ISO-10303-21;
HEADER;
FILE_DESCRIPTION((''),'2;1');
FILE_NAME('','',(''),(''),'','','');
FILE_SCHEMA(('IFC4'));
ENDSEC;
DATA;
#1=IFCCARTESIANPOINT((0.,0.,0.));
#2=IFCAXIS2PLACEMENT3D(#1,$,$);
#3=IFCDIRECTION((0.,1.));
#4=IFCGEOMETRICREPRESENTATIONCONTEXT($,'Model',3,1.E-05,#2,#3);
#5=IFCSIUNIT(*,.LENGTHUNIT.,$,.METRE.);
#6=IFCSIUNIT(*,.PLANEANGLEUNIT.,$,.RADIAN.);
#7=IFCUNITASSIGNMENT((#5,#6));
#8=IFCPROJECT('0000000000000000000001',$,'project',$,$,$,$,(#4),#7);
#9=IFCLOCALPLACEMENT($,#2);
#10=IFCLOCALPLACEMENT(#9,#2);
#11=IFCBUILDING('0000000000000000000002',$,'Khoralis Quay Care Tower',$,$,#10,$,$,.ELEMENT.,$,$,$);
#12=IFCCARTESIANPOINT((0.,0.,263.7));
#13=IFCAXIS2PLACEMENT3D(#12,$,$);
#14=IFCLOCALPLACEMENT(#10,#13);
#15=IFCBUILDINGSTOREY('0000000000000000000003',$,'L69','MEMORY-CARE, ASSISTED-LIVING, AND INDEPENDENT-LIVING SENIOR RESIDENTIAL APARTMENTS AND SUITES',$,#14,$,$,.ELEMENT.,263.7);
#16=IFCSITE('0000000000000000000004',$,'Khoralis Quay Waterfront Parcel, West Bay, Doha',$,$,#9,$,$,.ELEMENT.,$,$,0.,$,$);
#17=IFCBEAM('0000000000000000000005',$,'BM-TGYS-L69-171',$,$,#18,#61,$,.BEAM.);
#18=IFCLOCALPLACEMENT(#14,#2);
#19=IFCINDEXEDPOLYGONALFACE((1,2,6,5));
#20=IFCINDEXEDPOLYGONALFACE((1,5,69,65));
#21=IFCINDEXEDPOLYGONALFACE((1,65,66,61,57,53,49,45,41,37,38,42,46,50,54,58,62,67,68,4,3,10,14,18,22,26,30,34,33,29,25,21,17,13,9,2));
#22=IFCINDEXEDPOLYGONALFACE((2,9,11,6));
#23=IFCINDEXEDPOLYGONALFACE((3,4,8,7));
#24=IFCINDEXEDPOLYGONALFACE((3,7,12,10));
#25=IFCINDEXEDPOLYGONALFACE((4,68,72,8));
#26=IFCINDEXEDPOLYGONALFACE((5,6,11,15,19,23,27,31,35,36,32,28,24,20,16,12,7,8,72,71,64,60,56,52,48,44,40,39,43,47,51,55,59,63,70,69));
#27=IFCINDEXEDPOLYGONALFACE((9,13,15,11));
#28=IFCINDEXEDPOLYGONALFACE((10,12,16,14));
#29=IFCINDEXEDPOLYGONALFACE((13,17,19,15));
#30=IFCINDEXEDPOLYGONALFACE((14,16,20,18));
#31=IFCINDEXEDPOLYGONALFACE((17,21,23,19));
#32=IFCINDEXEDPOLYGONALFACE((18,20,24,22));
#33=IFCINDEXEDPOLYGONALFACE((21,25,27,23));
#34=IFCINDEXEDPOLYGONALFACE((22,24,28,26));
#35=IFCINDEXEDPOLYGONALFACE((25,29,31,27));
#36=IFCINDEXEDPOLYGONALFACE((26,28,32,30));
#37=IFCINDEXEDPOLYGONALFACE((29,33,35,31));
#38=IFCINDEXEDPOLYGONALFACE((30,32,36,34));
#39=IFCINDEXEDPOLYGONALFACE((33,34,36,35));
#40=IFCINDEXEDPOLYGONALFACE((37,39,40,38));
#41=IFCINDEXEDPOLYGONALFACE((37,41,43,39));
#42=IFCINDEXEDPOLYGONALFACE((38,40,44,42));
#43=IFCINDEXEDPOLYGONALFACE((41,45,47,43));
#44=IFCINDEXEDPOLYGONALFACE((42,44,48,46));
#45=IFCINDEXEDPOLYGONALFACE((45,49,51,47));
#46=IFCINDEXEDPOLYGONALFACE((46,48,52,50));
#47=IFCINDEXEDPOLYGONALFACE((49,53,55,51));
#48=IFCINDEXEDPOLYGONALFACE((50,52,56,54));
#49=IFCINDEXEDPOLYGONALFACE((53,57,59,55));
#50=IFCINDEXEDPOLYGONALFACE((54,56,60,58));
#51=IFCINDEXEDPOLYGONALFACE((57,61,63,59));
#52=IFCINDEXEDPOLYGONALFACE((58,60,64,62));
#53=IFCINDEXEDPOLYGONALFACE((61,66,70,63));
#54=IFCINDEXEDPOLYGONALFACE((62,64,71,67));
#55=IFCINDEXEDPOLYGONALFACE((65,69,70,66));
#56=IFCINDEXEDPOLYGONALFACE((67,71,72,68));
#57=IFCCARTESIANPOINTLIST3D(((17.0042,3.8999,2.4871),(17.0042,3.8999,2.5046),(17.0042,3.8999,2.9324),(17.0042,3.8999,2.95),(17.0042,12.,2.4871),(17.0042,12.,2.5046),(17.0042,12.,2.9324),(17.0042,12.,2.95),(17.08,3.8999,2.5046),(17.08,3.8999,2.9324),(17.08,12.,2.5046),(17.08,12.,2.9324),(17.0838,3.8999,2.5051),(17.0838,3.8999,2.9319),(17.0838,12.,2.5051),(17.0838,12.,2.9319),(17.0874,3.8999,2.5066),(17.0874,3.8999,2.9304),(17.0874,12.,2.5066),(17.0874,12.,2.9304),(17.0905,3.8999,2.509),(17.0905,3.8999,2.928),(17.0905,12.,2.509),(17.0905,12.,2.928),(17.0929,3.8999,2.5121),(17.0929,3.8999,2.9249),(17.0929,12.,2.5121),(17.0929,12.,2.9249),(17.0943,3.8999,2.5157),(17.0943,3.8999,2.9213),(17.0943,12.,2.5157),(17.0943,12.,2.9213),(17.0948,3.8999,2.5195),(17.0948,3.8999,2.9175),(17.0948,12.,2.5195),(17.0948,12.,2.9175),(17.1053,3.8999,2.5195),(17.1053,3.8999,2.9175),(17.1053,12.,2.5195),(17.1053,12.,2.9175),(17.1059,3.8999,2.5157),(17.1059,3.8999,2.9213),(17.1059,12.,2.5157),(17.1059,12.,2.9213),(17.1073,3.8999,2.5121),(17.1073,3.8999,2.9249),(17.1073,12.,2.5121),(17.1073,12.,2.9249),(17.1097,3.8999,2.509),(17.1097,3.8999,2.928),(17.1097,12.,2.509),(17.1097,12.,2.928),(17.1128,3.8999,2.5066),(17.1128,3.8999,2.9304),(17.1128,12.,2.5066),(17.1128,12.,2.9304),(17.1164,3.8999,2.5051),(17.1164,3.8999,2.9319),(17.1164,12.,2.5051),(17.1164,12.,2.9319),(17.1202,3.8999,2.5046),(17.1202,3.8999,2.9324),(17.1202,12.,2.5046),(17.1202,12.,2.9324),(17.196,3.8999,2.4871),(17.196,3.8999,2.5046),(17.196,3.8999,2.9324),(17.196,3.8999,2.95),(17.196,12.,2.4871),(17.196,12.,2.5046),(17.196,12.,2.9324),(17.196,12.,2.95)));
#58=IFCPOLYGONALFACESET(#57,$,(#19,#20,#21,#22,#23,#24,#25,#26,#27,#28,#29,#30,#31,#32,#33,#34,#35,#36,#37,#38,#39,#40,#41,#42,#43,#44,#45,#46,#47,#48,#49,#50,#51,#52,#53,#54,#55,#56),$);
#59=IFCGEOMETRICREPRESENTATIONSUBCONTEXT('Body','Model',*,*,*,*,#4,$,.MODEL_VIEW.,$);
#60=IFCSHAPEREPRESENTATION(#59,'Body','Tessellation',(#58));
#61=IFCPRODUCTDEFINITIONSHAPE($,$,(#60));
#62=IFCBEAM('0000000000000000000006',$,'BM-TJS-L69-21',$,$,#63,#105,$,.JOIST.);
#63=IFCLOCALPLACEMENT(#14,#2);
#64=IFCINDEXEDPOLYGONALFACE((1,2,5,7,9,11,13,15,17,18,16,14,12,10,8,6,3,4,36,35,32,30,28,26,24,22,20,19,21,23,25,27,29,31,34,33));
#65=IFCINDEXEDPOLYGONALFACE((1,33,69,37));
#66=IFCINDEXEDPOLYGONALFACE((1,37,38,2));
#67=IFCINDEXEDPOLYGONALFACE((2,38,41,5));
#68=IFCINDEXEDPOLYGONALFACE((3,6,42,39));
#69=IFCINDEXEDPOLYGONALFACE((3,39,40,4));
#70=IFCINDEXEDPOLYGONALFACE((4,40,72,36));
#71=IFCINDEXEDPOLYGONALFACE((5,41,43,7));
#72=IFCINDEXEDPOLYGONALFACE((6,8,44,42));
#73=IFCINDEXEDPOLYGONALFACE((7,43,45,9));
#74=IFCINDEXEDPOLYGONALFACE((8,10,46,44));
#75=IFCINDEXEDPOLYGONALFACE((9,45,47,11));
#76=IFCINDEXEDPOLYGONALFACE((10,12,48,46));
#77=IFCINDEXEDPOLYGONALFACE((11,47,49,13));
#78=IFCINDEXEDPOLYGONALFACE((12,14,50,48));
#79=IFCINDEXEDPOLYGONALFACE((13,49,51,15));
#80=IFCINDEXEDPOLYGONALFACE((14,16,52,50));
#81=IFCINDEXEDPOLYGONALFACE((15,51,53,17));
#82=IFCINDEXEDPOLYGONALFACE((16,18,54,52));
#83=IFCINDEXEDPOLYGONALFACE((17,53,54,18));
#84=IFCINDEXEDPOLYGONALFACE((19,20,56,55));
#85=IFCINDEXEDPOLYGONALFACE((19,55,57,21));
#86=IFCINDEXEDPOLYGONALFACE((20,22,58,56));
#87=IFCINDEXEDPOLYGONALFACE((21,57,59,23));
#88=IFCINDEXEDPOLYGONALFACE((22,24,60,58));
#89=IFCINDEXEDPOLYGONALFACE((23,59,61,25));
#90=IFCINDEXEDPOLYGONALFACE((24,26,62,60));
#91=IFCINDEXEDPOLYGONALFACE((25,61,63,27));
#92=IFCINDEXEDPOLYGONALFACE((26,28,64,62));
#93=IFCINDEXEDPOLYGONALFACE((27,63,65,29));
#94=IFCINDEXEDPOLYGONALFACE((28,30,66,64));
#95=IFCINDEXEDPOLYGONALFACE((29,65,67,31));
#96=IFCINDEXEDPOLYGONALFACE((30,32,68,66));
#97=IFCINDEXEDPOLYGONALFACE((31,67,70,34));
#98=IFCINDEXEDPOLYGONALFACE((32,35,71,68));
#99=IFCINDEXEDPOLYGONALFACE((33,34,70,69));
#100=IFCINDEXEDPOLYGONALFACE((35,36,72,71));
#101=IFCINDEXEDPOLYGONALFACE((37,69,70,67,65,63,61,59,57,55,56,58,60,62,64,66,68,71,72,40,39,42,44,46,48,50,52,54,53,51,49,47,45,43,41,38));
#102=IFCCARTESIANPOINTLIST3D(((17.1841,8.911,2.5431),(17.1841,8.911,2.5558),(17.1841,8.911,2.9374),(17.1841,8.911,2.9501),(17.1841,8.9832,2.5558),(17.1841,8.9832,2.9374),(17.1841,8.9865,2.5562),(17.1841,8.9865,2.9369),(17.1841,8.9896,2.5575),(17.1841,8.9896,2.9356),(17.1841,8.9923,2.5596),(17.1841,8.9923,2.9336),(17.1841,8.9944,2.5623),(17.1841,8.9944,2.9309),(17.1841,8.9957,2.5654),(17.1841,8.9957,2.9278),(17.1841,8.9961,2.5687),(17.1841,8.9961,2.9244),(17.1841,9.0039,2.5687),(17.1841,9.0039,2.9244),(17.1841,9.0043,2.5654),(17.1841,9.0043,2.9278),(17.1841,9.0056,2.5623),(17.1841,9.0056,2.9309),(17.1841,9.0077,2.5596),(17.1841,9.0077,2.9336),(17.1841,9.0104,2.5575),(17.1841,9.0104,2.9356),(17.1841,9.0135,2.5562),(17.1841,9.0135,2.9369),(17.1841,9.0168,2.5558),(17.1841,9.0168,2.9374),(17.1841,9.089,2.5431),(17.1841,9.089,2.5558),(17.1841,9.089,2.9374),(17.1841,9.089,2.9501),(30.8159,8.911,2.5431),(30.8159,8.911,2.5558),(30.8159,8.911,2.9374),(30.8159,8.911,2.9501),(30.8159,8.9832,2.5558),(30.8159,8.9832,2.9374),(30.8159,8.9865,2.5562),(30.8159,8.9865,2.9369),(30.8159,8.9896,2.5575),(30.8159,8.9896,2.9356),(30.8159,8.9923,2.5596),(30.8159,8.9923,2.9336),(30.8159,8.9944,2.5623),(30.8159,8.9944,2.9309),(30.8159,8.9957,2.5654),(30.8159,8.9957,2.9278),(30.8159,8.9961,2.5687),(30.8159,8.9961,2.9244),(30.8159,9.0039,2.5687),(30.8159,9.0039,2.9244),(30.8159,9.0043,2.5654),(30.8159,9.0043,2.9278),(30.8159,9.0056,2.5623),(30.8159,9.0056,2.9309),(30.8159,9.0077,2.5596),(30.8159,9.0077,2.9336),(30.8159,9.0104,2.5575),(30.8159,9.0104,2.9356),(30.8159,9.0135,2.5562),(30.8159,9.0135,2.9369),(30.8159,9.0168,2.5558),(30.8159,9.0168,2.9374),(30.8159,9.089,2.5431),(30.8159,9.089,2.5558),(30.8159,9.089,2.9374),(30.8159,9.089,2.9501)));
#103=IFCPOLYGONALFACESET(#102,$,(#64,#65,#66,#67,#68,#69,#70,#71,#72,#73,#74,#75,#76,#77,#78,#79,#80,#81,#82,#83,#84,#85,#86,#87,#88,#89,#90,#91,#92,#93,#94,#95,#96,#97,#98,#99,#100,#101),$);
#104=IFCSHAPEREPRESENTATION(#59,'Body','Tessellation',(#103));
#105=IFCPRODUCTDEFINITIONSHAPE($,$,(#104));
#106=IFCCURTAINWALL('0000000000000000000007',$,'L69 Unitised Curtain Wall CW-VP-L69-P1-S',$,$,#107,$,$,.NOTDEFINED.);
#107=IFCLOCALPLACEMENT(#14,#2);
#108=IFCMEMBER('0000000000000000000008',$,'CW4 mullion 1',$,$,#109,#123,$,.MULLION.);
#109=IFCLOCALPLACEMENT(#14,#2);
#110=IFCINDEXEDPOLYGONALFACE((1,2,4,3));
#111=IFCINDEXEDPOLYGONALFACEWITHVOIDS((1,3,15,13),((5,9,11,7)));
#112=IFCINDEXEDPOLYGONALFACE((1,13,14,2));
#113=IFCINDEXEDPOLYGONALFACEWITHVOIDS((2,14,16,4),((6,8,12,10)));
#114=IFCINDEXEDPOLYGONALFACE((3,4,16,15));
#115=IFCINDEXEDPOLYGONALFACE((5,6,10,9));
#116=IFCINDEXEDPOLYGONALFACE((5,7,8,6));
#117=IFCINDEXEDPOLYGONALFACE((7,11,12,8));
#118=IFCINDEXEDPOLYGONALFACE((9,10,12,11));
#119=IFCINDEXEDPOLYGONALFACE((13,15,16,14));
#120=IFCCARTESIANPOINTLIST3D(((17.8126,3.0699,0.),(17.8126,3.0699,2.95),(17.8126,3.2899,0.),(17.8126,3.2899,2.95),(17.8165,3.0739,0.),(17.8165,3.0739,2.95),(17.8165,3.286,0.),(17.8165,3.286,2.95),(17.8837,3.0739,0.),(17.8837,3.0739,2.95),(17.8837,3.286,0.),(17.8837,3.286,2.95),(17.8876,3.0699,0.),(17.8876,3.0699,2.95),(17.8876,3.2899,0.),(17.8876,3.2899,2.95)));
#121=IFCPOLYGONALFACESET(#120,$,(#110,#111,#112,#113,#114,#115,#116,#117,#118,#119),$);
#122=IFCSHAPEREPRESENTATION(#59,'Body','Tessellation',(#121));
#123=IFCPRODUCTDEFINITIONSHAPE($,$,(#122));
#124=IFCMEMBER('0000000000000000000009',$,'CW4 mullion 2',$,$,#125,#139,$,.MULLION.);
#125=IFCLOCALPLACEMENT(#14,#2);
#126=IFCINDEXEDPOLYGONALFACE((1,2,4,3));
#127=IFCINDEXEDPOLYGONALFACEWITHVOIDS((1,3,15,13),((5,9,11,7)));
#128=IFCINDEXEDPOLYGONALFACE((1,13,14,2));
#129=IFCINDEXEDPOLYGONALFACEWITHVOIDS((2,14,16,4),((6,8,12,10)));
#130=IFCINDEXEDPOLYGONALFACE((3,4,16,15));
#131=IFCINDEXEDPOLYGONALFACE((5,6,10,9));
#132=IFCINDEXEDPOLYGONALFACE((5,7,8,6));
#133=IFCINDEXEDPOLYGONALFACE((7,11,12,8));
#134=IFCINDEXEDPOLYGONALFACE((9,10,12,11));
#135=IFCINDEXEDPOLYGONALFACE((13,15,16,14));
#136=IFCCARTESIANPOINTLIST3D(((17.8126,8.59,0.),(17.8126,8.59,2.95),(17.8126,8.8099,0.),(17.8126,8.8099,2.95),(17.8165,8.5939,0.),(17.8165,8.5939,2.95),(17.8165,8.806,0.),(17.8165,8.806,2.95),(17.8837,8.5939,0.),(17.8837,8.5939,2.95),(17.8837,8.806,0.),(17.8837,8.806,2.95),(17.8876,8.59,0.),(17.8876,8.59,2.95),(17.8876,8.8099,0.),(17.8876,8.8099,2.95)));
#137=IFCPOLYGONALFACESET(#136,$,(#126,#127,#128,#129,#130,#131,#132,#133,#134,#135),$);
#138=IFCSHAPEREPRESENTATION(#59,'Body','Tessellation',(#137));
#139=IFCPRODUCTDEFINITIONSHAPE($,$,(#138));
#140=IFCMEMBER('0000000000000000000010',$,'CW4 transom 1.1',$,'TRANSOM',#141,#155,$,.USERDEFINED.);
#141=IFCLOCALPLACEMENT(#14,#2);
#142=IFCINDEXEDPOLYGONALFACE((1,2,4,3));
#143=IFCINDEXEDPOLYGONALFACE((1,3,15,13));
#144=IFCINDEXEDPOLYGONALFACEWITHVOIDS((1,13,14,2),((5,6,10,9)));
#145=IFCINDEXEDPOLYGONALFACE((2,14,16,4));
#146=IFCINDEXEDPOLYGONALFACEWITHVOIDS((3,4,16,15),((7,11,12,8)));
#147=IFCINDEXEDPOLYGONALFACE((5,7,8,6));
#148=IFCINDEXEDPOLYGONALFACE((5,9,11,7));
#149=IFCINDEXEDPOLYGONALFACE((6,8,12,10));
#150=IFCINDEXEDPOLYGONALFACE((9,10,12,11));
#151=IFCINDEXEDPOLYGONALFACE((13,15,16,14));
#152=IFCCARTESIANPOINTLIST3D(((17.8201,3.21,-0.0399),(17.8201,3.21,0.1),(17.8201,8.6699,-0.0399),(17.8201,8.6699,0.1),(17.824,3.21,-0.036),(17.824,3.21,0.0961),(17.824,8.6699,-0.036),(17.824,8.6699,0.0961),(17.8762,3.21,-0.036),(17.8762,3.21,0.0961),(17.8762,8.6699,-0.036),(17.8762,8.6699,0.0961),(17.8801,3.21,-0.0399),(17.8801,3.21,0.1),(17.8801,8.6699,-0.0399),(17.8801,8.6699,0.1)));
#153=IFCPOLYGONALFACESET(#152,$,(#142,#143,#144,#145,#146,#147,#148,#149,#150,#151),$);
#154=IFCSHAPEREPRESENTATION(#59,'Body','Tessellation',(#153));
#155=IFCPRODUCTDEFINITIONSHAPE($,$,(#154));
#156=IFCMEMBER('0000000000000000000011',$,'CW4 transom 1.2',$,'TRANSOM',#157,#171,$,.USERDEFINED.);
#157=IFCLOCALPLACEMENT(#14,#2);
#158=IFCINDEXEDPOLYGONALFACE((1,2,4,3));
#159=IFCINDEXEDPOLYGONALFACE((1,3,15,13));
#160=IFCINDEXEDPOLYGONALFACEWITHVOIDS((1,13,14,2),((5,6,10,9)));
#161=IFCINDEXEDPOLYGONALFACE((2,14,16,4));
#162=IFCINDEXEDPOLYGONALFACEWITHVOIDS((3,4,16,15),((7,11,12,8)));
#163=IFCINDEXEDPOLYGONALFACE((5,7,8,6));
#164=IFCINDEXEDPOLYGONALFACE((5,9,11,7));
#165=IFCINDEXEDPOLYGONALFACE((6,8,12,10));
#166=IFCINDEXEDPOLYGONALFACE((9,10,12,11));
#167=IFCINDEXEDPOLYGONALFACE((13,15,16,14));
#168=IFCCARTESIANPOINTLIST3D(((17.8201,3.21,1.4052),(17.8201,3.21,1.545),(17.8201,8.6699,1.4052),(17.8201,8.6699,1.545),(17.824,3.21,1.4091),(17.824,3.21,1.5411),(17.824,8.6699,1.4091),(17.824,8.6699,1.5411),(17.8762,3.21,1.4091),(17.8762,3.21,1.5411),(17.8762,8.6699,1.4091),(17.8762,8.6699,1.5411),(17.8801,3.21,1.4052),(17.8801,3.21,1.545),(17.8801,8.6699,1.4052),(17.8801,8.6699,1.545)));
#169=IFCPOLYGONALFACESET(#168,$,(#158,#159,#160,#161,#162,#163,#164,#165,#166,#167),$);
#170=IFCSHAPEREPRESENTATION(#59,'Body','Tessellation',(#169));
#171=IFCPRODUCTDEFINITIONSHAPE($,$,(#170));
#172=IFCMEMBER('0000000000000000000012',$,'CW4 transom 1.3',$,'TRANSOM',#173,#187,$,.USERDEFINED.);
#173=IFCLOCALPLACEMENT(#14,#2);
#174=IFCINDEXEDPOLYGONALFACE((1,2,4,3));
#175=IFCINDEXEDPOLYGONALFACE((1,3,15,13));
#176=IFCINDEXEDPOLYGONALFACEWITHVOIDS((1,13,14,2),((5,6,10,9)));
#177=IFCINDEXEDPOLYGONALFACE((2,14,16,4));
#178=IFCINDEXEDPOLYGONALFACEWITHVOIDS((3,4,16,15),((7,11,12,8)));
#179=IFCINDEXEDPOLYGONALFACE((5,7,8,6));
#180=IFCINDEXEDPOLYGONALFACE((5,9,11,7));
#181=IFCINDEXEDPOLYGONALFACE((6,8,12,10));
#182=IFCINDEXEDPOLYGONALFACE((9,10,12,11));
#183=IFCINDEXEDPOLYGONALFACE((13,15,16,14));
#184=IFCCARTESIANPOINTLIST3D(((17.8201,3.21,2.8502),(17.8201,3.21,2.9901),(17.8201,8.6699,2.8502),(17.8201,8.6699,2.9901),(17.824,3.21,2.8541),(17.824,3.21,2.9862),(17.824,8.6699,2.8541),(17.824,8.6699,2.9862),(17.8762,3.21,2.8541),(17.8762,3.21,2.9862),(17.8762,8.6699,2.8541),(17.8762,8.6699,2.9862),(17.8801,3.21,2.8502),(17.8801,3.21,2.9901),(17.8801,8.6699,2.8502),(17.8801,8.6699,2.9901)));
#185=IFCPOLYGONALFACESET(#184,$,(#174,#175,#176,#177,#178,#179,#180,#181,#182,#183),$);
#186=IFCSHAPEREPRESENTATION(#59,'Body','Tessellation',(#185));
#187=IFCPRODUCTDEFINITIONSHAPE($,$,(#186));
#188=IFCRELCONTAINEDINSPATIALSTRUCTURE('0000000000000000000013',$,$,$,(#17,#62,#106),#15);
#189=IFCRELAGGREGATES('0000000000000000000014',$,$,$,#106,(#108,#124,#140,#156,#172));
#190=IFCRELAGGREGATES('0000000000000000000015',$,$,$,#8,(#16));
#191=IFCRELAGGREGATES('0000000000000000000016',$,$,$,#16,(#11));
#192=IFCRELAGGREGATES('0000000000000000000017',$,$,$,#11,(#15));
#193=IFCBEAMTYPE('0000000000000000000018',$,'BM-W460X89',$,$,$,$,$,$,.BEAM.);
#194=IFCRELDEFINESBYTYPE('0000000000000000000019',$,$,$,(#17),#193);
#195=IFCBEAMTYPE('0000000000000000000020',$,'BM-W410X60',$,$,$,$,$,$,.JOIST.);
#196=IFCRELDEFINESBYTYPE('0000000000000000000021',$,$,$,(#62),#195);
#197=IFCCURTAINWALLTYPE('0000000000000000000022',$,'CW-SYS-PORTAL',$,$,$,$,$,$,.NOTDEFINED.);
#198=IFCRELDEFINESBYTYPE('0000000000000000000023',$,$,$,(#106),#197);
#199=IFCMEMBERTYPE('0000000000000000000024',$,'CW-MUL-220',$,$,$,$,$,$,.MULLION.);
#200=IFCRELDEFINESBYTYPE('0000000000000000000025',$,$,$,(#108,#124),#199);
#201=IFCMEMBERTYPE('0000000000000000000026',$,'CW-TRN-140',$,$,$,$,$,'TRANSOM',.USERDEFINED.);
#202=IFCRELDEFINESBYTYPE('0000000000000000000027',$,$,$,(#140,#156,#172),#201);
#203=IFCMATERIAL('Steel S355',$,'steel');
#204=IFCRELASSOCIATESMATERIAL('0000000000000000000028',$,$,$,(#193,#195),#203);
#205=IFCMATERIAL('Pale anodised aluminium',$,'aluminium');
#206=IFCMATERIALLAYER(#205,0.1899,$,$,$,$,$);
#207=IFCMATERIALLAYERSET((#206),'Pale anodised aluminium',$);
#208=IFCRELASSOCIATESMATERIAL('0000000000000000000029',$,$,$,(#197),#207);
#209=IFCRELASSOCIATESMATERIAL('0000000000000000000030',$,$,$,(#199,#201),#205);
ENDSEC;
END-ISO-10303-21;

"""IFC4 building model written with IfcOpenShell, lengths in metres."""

from ifc_helpers import new_model, si_unit, direction, frame, origin, origin_2d, place, context, subcontext, project, spatial, hollow_rectangle, i_section, extrude, source, transform, mapped, material, layer, layer_set, material_profile, profile_set, type_object, element, aggregate, save


model = new_model("IFC4")

# Units and contexts
model_context = context("Model", 3, precision=1e-05, world=origin(), true_north=direction((0.0, 1.0)))
body_context = subcontext(model_context, "Body", "Model", "MODEL_VIEW")
ifc_project = project(units=[si_unit("LENGTHUNIT", "METRE"), si_unit("PLANEANGLEUNIT", "RADIAN")], contexts=[model_context])

# Site, building, storey
site_placement = place(None, origin())
site = spatial("IfcSite", under=ifc_project, at=site_placement, Name="Khoralis Quay Waterfront Parcel, West Bay, Doha", CompositionType="ELEMENT", RefElevation=0.0)
building_placement = place(site_placement, origin())
building = spatial("IfcBuilding", under=site, at=building_placement, Name="Khoralis Quay Care Tower", CompositionType="ELEMENT")
storey_placement = place(building_placement, frame((0.0, 0.0, 263.7)))
storey = spatial("IfcBuildingStorey", under=building, at=storey_placement, Name="L69", Description="MEMORY-CARE, ASSISTED-LIVING, AND INDEPENDENT-LIVING SENIOR RESIDENTIAL APARTMENTS AND SUITES", CompositionType="ELEMENT", Elevation=263.7)

# Beams
ifc_material_1 = material(Name="Steel S355", Category="steel")
ifc_material_profile_1 = material_profile(ifc_material_1, i_section(OverallWidth=0.1919, OverallDepth=0.4629, WebThickness=0.0105, FlangeThickness=0.0176, FilletRadius=0.0149, at=origin_2d()), Name="Steel S355")
ifc_profile_set_1 = profile_set([ifc_material_profile_1], Name="Steel S355")
beam_type_1 = type_object("IfcBeamType", Name="BM-W460X89", PredefinedType="BEAM", material=ifc_profile_set_1)
shared_shape_1 = source(origin(), body_context, "Body", "SweptSolid", [
    extrude(i_section(OverallWidth=0.1919, OverallDepth=0.4629, WebThickness=0.0105, FlangeThickness=0.0176, FilletRadius=0.0149, at=origin_2d()), origin(), (0.0, 0.0, 1.0), 8.1001),
])
beam_1_placement = place(storey_placement, frame((17.1001, 3.8999, 2.7185), z_axis=(0.0, 1.0, 0.0), x_axis=(-1.0, 0.0, 0.0)))
element("IfcBeam", 1, at=beam_1_placement, inside=storey, type_object=beam_type_1, Name="BM-TGYS-L69-171", PredefinedType="BEAM", context=body_context, shape_type="MappedRepresentation", body=[
    mapped(shared_shape_1, transform((0.0, 0.0, 0.0), scale=1.0)),
])
ifc_material_profile_2 = material_profile(ifc_material_1, i_section(OverallWidth=0.178, OverallDepth=0.407, WebThickness=0.0078, FlangeThickness=0.0127, FilletRadius=0.0129, at=origin_2d()), Name="Steel S355")
ifc_profile_set_2 = profile_set([ifc_material_profile_2], Name="Steel S355")
beam_type_2 = type_object("IfcBeamType", Name="BM-W410X60", PredefinedType="JOIST", material=ifc_profile_set_2)
shared_shape_2 = source(origin(), body_context, "Body", "SweptSolid", [
    extrude(i_section(OverallWidth=0.178, OverallDepth=0.407, WebThickness=0.0078, FlangeThickness=0.0127, FilletRadius=0.0129, at=origin_2d()), origin(), (0.0, 0.0, 1.0), 13.6318),
])
beam_2_placement = place(storey_placement, frame((17.1841, 9.0, 2.7466), z_axis=(1.0, 0.0, 0.0), x_axis=(0.0, 1.0, 0.0)))
element("IfcBeam", 2, at=beam_2_placement, inside=storey, type_object=beam_type_2, Name="BM-TJS-L69-21", PredefinedType="JOIST", context=body_context, shape_type="MappedRepresentation", body=[
    mapped(shared_shape_2, transform((0.0, 0.0, 0.0), scale=1.0)),
])

# Curtain wall, members
ifc_material_2 = material(Name="Pale anodised aluminium", Category="aluminium")
ifc_layer_1 = layer(ifc_material_2, 0.1899)
ifc_layer_set_1 = layer_set([ifc_layer_1], Name="Pale anodised aluminium")
curtain_wall_type = type_object("IfcCurtainWallType", Name="CW-SYS-PORTAL", PredefinedType="NOTDEFINED", material=ifc_layer_set_1)
curtain_wall_placement = place(storey_placement, origin())
curtain_wall = element("IfcCurtainWall", 3, at=curtain_wall_placement, inside=storey, type_object=curtain_wall_type, Name="L69 Unitised Curtain Wall CW-VP-L69-P1-S", PredefinedType="NOTDEFINED")
ifc_material_profile_3 = material_profile(ifc_material_2, hollow_rectangle(XDim=0.075, YDim=0.22, WallThickness=0.0039, at=origin_2d()), Name="Pale anodised aluminium")
ifc_profile_set_3 = profile_set([ifc_material_profile_3], Name="Pale anodised aluminium")
member_type_1 = type_object("IfcMemberType", Name="CW-MUL-220", PredefinedType="MULLION", material=ifc_profile_set_3)
shared_shape_3 = source(origin(), body_context, "Body", "SweptSolid", [
    extrude(hollow_rectangle(XDim=0.075, YDim=0.22, WallThickness=0.0039, at=origin_2d()), origin(), (0.0, 0.0, 1.0), 2.95),
])
member_1_placement = place(storey_placement, frame((17.8501, 3.1799, 0.0), z_axis=(0.0, 0.0, 1.0), x_axis=(-1.0, 0.0, 0.0)))
member_1 = element("IfcMember", 4, at=member_1_placement, type_object=member_type_1, Name="CW4 mullion 1", PredefinedType="MULLION", context=body_context, shape_type="MappedRepresentation", body=[
    mapped(shared_shape_3, transform((0.0, 0.0, 0.0), scale=1.0)),
])
member_2_placement = place(storey_placement, frame((17.8501, 8.7, 0.0), z_axis=(0.0, 0.0, 1.0), x_axis=(-1.0, 0.0, 0.0)))
member_2 = element("IfcMember", 5, at=member_2_placement, type_object=member_type_1, Name="CW4 mullion 2", PredefinedType="MULLION", context=body_context, shape_type="MappedRepresentation", body=[
    mapped(shared_shape_3, transform((0.0, 0.0, 0.0), scale=1.0)),
])
ifc_material_profile_4 = material_profile(ifc_material_2, hollow_rectangle(XDim=0.0601, YDim=0.1399, WallThickness=0.0039, at=origin_2d()), Name="Pale anodised aluminium")
ifc_profile_set_4 = profile_set([ifc_material_profile_4], Name="Pale anodised aluminium")
member_type_2 = type_object("IfcMemberType", Name="CW-TRN-140", ElementType="TRANSOM", PredefinedType="USERDEFINED", material=ifc_profile_set_4)
shared_shape_4 = source(origin(), body_context, "Body", "SweptSolid", [
    extrude(hollow_rectangle(XDim=0.0601, YDim=0.1399, WallThickness=0.0039, at=origin_2d()), origin(), (0.0, 0.0, 1.0), 5.46),
])
member_3_placement = place(storey_placement, frame((17.8501, 3.21, 0.03), z_axis=(0.0, 1.0, 0.0), x_axis=(-1.0, 0.0, 0.0)))
member_3 = element("IfcMember", 6, at=member_3_placement, type_object=member_type_2, Name="CW4 transom 1.1", ObjectType="TRANSOM", PredefinedType="USERDEFINED", context=body_context, shape_type="MappedRepresentation", body=[
    mapped(shared_shape_4, transform((0.0, 0.0, 0.0), scale=1.0)),
])
member_4_placement = place(storey_placement, frame((17.8501, 3.21, 1.4751), z_axis=(0.0, 1.0, 0.0), x_axis=(-1.0, 0.0, 0.0)))
member_4 = element("IfcMember", 7, at=member_4_placement, type_object=member_type_2, Name="CW4 transom 1.2", ObjectType="TRANSOM", PredefinedType="USERDEFINED", context=body_context, shape_type="MappedRepresentation", body=[
    mapped(shared_shape_4, transform((0.0, 0.0, 0.0), scale=1.0)),
])
member_5_placement = place(storey_placement, frame((17.8501, 3.21, 2.9202), z_axis=(0.0, 1.0, 0.0), x_axis=(-1.0, 0.0, 0.0)))
member_5 = element("IfcMember", 8, at=member_5_placement, type_object=member_type_2, Name="CW4 transom 1.3", ObjectType="TRANSOM", PredefinedType="USERDEFINED", context=body_context, shape_type="MappedRepresentation", body=[
    mapped(shared_shape_4, transform((0.0, 0.0, 0.0), scale=1.0)),
])
aggregate(curtain_wall, [member_1, member_2, member_3, member_4, member_5])

save(model, "model.ifc")
